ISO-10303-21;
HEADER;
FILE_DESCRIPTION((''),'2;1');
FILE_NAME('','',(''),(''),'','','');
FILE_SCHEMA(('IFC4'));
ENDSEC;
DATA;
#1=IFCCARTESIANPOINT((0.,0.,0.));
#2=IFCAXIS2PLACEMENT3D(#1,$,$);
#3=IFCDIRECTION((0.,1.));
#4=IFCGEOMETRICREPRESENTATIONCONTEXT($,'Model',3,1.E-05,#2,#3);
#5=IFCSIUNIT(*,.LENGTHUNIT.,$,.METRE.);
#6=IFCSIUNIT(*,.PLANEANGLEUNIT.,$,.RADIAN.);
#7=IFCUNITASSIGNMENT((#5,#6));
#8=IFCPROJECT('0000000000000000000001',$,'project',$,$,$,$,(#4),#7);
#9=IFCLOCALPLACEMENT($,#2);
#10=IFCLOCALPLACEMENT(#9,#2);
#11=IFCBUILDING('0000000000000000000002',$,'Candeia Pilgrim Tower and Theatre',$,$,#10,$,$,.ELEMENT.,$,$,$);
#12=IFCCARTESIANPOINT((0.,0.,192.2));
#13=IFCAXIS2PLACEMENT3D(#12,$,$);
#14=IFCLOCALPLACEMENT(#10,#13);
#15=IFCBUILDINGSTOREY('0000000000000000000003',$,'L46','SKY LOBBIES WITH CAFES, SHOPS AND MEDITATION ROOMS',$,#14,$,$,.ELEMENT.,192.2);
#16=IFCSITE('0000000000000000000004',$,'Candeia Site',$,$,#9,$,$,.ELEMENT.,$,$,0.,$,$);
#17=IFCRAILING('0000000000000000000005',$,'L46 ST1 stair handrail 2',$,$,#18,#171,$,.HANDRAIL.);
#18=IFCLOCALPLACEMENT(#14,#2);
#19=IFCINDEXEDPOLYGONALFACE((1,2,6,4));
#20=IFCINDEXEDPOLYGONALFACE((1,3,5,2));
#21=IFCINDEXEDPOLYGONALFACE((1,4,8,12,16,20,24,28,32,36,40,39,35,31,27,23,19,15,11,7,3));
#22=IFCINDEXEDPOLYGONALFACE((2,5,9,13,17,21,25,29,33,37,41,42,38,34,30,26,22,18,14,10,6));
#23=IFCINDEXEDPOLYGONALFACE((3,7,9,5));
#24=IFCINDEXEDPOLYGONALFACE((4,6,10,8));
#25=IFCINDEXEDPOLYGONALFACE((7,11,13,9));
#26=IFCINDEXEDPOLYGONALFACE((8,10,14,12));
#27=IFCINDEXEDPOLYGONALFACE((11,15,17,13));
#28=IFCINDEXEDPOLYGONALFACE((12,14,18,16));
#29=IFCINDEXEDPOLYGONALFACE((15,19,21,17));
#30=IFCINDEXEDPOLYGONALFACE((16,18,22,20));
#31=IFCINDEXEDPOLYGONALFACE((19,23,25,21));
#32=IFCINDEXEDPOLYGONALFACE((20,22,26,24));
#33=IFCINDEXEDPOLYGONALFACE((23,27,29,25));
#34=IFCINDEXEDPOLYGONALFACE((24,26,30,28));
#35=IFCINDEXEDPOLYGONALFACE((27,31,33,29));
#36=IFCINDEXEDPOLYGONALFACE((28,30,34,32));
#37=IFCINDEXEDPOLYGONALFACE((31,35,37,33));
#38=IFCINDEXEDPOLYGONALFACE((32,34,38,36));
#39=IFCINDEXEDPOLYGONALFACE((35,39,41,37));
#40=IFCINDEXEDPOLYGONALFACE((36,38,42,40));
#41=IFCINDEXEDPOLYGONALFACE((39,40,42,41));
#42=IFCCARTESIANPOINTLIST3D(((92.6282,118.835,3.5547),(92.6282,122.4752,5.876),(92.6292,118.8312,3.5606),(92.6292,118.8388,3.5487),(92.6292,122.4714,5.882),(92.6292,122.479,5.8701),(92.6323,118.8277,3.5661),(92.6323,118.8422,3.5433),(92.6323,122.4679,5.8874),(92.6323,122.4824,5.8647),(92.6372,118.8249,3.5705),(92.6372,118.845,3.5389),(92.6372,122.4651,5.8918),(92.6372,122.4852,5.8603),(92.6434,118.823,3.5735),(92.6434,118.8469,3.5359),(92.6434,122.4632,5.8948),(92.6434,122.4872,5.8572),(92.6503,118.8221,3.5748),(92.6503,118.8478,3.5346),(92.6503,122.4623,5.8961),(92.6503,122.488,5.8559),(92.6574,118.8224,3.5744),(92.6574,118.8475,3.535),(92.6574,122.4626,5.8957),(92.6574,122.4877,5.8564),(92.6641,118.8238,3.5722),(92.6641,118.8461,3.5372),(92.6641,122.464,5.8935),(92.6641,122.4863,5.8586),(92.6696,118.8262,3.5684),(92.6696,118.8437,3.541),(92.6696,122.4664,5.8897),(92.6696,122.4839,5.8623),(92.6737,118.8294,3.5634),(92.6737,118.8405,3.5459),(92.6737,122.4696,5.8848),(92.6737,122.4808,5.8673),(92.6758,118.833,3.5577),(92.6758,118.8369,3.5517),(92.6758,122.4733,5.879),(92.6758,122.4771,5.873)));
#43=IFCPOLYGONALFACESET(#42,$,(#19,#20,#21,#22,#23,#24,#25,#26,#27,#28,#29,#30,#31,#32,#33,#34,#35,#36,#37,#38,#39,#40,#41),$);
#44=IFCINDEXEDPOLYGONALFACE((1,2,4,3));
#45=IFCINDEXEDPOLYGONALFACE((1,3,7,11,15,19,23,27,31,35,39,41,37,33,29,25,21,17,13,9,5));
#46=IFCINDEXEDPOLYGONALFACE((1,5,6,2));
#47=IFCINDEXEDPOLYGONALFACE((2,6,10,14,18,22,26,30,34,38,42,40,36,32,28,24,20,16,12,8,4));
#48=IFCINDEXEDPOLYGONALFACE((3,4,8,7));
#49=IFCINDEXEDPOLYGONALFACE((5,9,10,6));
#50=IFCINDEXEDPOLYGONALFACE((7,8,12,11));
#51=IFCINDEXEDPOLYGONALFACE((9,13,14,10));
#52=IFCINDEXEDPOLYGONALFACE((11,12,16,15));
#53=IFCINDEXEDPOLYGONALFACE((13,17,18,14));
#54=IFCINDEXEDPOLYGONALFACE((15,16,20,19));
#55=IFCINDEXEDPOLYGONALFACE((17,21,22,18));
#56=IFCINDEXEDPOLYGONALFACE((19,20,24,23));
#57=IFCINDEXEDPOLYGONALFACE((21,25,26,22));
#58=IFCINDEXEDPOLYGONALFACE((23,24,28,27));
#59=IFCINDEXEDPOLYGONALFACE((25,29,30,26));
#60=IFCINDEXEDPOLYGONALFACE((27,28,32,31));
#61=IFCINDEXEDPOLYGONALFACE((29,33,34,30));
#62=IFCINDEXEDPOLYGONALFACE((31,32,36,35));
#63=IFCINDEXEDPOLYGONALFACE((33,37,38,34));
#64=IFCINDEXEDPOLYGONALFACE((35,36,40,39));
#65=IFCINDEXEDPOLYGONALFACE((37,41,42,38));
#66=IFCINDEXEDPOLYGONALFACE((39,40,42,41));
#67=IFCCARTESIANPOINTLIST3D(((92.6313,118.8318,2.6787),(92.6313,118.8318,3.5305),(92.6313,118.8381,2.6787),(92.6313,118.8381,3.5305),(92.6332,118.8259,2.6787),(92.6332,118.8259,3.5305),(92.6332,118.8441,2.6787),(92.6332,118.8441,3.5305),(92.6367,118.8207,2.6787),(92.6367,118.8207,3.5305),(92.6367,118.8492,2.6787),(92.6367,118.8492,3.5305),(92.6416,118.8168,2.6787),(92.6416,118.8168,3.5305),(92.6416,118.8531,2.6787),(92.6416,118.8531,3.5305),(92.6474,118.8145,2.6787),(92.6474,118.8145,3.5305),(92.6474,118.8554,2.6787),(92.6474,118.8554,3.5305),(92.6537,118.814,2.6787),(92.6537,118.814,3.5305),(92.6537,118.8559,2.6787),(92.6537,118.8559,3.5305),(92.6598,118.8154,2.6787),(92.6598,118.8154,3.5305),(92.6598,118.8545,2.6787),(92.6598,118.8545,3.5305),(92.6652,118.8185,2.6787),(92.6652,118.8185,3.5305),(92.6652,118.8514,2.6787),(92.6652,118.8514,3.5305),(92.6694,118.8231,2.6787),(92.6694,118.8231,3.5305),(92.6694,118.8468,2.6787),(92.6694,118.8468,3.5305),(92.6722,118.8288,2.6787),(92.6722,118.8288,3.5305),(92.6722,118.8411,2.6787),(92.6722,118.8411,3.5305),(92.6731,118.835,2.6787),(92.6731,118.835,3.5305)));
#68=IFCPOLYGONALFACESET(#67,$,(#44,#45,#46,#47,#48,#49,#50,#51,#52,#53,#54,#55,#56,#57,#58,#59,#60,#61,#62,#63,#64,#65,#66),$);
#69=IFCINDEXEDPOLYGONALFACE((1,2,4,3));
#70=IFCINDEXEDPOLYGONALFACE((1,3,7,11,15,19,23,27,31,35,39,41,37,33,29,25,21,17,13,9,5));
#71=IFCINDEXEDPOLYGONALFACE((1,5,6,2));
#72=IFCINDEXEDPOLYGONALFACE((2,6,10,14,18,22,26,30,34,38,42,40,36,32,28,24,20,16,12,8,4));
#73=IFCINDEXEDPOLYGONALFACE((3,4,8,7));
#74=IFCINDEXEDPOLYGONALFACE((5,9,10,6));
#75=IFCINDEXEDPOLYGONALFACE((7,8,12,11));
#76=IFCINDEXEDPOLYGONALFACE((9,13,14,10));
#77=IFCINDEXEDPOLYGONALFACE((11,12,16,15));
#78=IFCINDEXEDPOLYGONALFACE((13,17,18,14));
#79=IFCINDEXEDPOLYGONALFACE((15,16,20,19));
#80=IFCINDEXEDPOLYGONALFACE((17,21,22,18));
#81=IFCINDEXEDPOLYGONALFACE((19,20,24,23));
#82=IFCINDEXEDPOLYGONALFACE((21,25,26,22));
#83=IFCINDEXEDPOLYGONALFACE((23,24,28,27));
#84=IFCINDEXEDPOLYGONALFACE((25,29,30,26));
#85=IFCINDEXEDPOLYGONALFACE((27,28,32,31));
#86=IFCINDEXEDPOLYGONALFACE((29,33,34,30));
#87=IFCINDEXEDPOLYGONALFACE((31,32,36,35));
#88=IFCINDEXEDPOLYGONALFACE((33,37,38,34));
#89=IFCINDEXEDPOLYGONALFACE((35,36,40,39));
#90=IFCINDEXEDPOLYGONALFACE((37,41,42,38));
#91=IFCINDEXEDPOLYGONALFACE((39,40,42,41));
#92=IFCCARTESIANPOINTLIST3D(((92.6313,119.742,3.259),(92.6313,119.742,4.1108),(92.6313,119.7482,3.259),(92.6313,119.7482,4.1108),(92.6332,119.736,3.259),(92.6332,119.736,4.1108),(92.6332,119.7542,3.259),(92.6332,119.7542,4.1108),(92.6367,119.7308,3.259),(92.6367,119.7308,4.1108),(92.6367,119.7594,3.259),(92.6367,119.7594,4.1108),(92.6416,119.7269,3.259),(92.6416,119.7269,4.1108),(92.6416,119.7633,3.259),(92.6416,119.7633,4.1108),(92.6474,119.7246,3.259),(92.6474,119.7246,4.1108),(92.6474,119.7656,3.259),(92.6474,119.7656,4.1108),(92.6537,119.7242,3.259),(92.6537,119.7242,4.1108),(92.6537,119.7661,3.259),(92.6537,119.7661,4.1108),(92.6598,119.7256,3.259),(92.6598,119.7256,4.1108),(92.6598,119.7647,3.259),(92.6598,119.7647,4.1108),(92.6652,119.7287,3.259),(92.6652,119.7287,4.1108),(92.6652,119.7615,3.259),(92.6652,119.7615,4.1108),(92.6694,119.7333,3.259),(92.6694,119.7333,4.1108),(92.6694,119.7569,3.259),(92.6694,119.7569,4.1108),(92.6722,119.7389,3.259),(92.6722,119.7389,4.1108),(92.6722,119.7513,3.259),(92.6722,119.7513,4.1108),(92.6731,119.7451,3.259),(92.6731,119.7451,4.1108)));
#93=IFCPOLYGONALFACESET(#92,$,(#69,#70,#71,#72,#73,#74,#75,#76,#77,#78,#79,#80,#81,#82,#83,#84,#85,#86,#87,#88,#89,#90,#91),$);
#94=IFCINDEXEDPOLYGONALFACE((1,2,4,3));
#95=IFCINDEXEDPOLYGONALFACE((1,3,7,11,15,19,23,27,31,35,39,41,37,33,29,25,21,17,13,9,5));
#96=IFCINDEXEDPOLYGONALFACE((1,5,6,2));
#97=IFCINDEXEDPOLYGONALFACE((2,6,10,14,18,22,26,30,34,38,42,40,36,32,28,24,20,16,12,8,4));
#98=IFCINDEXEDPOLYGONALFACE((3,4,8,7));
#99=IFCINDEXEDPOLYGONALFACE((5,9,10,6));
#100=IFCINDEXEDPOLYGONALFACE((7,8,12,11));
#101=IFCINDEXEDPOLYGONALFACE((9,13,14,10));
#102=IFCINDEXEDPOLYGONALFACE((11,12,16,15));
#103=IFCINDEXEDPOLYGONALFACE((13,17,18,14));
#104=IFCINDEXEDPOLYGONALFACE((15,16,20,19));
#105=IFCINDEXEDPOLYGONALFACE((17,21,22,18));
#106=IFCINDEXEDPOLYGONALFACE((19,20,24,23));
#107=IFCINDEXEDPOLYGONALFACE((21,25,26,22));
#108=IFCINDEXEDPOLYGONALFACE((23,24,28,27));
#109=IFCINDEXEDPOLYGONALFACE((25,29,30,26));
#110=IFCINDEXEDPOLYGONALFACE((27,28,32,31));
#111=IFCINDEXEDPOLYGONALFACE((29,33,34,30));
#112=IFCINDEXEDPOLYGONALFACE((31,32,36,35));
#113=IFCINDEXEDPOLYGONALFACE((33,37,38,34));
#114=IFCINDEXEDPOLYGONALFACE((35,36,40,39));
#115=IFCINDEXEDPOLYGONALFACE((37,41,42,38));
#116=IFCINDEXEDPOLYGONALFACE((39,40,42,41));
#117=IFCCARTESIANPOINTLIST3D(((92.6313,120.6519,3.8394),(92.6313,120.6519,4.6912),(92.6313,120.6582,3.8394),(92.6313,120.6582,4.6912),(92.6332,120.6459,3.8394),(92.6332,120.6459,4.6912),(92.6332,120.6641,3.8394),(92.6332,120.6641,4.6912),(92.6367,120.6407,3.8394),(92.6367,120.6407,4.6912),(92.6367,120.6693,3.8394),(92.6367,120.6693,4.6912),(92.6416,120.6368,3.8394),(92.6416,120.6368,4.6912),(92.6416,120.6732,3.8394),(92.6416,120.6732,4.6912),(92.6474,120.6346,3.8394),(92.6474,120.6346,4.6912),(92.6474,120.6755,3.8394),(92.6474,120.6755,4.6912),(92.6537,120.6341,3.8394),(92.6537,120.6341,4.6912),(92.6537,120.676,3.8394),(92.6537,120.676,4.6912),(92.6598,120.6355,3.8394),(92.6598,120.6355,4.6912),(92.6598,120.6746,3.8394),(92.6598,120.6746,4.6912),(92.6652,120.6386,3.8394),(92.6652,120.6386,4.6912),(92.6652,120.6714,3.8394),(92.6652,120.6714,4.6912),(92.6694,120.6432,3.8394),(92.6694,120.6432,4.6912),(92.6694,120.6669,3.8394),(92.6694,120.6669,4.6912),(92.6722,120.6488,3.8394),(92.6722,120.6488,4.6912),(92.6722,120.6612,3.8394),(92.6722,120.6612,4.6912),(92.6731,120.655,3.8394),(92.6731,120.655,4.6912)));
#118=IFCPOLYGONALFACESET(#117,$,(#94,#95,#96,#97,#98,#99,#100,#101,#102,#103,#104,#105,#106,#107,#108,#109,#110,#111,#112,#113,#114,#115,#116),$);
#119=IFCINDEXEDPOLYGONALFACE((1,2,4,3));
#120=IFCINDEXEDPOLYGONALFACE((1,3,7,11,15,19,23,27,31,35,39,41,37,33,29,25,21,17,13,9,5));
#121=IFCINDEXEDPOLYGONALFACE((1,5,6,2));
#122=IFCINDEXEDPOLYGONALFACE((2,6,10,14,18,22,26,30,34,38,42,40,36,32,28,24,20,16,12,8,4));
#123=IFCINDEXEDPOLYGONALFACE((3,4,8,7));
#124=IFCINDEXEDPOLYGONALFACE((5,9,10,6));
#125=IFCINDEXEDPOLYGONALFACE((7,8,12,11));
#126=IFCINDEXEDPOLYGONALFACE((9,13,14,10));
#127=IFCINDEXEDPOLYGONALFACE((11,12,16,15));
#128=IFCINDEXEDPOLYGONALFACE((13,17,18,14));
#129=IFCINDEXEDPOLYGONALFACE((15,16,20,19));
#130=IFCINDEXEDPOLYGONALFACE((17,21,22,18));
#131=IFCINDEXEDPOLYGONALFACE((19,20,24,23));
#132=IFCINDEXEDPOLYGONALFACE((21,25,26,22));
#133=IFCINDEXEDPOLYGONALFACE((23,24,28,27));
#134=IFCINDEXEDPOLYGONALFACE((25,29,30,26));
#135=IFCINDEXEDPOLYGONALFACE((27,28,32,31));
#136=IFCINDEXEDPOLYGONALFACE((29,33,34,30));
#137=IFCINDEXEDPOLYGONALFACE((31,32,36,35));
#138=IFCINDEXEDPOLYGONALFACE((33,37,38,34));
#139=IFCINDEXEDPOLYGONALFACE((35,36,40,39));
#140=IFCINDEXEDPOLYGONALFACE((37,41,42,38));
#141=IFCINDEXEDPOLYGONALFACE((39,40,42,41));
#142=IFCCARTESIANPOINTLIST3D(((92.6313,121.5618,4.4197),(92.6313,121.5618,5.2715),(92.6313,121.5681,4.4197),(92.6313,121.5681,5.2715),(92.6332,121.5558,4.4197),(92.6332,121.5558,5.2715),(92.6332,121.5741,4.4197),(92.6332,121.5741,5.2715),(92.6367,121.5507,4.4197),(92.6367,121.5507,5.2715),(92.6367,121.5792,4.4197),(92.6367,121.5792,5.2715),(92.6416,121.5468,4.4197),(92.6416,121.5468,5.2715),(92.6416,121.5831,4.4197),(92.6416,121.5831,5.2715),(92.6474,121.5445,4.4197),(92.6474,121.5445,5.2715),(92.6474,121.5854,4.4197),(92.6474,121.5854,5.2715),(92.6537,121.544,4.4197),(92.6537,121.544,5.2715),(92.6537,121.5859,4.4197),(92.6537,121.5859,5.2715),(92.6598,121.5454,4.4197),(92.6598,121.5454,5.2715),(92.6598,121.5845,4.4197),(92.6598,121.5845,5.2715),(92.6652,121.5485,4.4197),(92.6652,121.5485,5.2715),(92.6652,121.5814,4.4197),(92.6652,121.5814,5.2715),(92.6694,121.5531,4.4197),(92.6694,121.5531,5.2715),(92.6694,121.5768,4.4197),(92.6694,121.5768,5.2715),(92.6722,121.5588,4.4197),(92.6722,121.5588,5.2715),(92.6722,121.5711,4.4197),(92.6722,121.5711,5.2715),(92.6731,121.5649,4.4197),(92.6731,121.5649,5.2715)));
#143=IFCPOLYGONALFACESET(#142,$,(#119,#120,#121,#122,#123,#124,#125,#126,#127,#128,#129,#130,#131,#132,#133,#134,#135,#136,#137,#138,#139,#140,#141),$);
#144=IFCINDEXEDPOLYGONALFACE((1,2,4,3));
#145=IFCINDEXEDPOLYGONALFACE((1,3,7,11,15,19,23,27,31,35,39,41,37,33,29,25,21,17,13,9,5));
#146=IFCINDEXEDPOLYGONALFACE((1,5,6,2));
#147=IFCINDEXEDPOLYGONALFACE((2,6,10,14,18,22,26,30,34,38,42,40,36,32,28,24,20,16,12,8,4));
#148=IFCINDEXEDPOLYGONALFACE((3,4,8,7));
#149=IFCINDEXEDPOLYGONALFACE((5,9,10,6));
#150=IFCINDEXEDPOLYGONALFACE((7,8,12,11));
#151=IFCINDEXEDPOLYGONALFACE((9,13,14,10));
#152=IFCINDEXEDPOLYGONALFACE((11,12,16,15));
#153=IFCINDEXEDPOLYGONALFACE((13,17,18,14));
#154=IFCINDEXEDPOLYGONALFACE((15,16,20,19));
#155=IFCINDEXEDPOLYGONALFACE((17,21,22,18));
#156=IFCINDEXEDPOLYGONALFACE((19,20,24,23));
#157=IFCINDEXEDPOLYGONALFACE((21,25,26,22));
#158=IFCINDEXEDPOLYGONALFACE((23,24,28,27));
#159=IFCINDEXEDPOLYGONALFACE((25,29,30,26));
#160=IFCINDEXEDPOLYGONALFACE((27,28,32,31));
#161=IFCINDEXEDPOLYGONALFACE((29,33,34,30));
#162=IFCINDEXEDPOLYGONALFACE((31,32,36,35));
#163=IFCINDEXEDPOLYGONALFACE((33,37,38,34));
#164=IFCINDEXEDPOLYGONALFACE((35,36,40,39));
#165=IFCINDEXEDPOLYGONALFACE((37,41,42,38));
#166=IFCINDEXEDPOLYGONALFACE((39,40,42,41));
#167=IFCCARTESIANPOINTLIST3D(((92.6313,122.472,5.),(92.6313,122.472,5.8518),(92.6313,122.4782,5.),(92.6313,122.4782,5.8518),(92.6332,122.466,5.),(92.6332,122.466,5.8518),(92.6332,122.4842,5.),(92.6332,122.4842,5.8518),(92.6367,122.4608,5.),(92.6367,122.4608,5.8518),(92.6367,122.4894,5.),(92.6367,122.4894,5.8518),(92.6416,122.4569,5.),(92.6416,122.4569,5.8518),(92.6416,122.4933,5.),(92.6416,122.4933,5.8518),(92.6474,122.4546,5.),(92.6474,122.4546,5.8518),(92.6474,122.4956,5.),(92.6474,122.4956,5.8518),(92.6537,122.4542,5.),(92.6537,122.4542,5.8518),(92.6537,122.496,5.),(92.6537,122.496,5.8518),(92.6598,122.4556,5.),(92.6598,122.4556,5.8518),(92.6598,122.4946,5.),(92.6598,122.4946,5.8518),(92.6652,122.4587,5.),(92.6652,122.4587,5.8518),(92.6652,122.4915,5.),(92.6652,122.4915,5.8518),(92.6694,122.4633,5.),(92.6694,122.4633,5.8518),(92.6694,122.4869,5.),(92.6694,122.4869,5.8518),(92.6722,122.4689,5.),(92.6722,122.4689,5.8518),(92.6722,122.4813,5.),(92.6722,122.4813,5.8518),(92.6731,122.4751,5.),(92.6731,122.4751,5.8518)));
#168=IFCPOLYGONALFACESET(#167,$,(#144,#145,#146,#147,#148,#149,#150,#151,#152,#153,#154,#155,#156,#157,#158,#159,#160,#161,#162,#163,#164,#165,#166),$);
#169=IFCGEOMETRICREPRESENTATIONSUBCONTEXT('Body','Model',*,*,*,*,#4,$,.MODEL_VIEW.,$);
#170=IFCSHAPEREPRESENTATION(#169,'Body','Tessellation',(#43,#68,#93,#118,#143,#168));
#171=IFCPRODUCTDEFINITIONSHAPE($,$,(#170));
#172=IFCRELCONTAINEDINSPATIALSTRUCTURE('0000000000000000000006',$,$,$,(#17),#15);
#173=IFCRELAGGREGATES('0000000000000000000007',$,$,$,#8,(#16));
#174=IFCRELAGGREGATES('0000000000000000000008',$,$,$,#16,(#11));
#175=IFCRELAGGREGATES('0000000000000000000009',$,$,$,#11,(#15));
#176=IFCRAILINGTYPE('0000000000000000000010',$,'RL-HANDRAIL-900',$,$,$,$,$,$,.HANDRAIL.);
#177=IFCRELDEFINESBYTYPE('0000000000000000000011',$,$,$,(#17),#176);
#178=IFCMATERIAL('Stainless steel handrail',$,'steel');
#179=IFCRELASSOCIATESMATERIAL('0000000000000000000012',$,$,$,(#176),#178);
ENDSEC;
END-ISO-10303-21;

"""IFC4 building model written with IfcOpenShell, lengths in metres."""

from ifc_helpers import new_model, si_unit, direction, frame, origin, origin_2d, place, context, subcontext, project, spatial, circle, extrude, material, type_object, element, save


model = new_model("IFC4")

# Units and contexts
model_context = context("Model", 3, precision=1e-05, world=origin(), true_north=direction((0.0, 1.0)))
body_context = subcontext(model_context, "Body", "Model", "MODEL_VIEW")
ifc_project = project(units=[si_unit("LENGTHUNIT", "METRE"), si_unit("PLANEANGLEUNIT", "RADIAN")], contexts=[model_context])

# Site, building, storey
site_placement = place(None, origin())
site = spatial("IfcSite", under=ifc_project, at=site_placement, Name="Candeia Site", CompositionType="ELEMENT", RefElevation=0.0)
building_placement = place(site_placement, origin())
building = spatial("IfcBuilding", under=site, at=building_placement, Name="Candeia Pilgrim Tower and Theatre", CompositionType="ELEMENT")
storey_placement = place(building_placement, frame((0.0, 0.0, 192.2)))
storey = spatial("IfcBuildingStorey", under=building, at=storey_placement, Name="L46", Description="SKY LOBBIES WITH CAFES, SHOPS AND MEDITATION ROOMS", CompositionType="ELEMENT", Elevation=192.2)

# Railing
ifc_material_1 = material(Name="Stainless steel handrail", Category="steel")
railing_type = type_object("IfcRailingType", Name="RL-HANDRAIL-900", PredefinedType="HANDRAIL", material=ifc_material_1)
for number, where, name in (
    (1, (92.6521, 118.835, 2.6787), "L46 ST1 stair handrail 2"),
):
    element("IfcRailing", number, at=place(storey_placement, frame(where)), inside=storey, type_object=railing_type, Name=name, PredefinedType="HANDRAIL", context=body_context, shape_type="SweptSolid", body=[
        extrude(circle(Radius=0.0239, at=origin_2d()), frame((0.0, 0.0, 0.876), z_axis=(0.0, 0.843153, 0.537673), x_axis=(-1.0, 0.0, 0.0)), (0.0, 0.0, 1.0), 4.3174),
        extrude(circle(Radius=0.021, at=origin_2d()), origin(), (0.0, 0.0, 1.0), 0.8518),
        extrude(circle(Radius=0.021, at=origin_2d()), frame((0.0, 0.9102, 0.5803)), (0.0, 0.0, 1.0), 0.8518),
        extrude(circle(Radius=0.021, at=origin_2d()), frame((0.0, 1.8201, 1.1606)), (0.0, 0.0, 1.0), 0.8518),
        extrude(circle(Radius=0.021, at=origin_2d()), frame((0.0, 2.73, 1.741)), (0.0, 0.0, 1.0), 0.8518),
        extrude(circle(Radius=0.021, at=origin_2d()), frame((0.0, 3.6401, 2.3213)), (0.0, 0.0, 1.0), 0.8518),
    ])

save(model, "model.ifc")
